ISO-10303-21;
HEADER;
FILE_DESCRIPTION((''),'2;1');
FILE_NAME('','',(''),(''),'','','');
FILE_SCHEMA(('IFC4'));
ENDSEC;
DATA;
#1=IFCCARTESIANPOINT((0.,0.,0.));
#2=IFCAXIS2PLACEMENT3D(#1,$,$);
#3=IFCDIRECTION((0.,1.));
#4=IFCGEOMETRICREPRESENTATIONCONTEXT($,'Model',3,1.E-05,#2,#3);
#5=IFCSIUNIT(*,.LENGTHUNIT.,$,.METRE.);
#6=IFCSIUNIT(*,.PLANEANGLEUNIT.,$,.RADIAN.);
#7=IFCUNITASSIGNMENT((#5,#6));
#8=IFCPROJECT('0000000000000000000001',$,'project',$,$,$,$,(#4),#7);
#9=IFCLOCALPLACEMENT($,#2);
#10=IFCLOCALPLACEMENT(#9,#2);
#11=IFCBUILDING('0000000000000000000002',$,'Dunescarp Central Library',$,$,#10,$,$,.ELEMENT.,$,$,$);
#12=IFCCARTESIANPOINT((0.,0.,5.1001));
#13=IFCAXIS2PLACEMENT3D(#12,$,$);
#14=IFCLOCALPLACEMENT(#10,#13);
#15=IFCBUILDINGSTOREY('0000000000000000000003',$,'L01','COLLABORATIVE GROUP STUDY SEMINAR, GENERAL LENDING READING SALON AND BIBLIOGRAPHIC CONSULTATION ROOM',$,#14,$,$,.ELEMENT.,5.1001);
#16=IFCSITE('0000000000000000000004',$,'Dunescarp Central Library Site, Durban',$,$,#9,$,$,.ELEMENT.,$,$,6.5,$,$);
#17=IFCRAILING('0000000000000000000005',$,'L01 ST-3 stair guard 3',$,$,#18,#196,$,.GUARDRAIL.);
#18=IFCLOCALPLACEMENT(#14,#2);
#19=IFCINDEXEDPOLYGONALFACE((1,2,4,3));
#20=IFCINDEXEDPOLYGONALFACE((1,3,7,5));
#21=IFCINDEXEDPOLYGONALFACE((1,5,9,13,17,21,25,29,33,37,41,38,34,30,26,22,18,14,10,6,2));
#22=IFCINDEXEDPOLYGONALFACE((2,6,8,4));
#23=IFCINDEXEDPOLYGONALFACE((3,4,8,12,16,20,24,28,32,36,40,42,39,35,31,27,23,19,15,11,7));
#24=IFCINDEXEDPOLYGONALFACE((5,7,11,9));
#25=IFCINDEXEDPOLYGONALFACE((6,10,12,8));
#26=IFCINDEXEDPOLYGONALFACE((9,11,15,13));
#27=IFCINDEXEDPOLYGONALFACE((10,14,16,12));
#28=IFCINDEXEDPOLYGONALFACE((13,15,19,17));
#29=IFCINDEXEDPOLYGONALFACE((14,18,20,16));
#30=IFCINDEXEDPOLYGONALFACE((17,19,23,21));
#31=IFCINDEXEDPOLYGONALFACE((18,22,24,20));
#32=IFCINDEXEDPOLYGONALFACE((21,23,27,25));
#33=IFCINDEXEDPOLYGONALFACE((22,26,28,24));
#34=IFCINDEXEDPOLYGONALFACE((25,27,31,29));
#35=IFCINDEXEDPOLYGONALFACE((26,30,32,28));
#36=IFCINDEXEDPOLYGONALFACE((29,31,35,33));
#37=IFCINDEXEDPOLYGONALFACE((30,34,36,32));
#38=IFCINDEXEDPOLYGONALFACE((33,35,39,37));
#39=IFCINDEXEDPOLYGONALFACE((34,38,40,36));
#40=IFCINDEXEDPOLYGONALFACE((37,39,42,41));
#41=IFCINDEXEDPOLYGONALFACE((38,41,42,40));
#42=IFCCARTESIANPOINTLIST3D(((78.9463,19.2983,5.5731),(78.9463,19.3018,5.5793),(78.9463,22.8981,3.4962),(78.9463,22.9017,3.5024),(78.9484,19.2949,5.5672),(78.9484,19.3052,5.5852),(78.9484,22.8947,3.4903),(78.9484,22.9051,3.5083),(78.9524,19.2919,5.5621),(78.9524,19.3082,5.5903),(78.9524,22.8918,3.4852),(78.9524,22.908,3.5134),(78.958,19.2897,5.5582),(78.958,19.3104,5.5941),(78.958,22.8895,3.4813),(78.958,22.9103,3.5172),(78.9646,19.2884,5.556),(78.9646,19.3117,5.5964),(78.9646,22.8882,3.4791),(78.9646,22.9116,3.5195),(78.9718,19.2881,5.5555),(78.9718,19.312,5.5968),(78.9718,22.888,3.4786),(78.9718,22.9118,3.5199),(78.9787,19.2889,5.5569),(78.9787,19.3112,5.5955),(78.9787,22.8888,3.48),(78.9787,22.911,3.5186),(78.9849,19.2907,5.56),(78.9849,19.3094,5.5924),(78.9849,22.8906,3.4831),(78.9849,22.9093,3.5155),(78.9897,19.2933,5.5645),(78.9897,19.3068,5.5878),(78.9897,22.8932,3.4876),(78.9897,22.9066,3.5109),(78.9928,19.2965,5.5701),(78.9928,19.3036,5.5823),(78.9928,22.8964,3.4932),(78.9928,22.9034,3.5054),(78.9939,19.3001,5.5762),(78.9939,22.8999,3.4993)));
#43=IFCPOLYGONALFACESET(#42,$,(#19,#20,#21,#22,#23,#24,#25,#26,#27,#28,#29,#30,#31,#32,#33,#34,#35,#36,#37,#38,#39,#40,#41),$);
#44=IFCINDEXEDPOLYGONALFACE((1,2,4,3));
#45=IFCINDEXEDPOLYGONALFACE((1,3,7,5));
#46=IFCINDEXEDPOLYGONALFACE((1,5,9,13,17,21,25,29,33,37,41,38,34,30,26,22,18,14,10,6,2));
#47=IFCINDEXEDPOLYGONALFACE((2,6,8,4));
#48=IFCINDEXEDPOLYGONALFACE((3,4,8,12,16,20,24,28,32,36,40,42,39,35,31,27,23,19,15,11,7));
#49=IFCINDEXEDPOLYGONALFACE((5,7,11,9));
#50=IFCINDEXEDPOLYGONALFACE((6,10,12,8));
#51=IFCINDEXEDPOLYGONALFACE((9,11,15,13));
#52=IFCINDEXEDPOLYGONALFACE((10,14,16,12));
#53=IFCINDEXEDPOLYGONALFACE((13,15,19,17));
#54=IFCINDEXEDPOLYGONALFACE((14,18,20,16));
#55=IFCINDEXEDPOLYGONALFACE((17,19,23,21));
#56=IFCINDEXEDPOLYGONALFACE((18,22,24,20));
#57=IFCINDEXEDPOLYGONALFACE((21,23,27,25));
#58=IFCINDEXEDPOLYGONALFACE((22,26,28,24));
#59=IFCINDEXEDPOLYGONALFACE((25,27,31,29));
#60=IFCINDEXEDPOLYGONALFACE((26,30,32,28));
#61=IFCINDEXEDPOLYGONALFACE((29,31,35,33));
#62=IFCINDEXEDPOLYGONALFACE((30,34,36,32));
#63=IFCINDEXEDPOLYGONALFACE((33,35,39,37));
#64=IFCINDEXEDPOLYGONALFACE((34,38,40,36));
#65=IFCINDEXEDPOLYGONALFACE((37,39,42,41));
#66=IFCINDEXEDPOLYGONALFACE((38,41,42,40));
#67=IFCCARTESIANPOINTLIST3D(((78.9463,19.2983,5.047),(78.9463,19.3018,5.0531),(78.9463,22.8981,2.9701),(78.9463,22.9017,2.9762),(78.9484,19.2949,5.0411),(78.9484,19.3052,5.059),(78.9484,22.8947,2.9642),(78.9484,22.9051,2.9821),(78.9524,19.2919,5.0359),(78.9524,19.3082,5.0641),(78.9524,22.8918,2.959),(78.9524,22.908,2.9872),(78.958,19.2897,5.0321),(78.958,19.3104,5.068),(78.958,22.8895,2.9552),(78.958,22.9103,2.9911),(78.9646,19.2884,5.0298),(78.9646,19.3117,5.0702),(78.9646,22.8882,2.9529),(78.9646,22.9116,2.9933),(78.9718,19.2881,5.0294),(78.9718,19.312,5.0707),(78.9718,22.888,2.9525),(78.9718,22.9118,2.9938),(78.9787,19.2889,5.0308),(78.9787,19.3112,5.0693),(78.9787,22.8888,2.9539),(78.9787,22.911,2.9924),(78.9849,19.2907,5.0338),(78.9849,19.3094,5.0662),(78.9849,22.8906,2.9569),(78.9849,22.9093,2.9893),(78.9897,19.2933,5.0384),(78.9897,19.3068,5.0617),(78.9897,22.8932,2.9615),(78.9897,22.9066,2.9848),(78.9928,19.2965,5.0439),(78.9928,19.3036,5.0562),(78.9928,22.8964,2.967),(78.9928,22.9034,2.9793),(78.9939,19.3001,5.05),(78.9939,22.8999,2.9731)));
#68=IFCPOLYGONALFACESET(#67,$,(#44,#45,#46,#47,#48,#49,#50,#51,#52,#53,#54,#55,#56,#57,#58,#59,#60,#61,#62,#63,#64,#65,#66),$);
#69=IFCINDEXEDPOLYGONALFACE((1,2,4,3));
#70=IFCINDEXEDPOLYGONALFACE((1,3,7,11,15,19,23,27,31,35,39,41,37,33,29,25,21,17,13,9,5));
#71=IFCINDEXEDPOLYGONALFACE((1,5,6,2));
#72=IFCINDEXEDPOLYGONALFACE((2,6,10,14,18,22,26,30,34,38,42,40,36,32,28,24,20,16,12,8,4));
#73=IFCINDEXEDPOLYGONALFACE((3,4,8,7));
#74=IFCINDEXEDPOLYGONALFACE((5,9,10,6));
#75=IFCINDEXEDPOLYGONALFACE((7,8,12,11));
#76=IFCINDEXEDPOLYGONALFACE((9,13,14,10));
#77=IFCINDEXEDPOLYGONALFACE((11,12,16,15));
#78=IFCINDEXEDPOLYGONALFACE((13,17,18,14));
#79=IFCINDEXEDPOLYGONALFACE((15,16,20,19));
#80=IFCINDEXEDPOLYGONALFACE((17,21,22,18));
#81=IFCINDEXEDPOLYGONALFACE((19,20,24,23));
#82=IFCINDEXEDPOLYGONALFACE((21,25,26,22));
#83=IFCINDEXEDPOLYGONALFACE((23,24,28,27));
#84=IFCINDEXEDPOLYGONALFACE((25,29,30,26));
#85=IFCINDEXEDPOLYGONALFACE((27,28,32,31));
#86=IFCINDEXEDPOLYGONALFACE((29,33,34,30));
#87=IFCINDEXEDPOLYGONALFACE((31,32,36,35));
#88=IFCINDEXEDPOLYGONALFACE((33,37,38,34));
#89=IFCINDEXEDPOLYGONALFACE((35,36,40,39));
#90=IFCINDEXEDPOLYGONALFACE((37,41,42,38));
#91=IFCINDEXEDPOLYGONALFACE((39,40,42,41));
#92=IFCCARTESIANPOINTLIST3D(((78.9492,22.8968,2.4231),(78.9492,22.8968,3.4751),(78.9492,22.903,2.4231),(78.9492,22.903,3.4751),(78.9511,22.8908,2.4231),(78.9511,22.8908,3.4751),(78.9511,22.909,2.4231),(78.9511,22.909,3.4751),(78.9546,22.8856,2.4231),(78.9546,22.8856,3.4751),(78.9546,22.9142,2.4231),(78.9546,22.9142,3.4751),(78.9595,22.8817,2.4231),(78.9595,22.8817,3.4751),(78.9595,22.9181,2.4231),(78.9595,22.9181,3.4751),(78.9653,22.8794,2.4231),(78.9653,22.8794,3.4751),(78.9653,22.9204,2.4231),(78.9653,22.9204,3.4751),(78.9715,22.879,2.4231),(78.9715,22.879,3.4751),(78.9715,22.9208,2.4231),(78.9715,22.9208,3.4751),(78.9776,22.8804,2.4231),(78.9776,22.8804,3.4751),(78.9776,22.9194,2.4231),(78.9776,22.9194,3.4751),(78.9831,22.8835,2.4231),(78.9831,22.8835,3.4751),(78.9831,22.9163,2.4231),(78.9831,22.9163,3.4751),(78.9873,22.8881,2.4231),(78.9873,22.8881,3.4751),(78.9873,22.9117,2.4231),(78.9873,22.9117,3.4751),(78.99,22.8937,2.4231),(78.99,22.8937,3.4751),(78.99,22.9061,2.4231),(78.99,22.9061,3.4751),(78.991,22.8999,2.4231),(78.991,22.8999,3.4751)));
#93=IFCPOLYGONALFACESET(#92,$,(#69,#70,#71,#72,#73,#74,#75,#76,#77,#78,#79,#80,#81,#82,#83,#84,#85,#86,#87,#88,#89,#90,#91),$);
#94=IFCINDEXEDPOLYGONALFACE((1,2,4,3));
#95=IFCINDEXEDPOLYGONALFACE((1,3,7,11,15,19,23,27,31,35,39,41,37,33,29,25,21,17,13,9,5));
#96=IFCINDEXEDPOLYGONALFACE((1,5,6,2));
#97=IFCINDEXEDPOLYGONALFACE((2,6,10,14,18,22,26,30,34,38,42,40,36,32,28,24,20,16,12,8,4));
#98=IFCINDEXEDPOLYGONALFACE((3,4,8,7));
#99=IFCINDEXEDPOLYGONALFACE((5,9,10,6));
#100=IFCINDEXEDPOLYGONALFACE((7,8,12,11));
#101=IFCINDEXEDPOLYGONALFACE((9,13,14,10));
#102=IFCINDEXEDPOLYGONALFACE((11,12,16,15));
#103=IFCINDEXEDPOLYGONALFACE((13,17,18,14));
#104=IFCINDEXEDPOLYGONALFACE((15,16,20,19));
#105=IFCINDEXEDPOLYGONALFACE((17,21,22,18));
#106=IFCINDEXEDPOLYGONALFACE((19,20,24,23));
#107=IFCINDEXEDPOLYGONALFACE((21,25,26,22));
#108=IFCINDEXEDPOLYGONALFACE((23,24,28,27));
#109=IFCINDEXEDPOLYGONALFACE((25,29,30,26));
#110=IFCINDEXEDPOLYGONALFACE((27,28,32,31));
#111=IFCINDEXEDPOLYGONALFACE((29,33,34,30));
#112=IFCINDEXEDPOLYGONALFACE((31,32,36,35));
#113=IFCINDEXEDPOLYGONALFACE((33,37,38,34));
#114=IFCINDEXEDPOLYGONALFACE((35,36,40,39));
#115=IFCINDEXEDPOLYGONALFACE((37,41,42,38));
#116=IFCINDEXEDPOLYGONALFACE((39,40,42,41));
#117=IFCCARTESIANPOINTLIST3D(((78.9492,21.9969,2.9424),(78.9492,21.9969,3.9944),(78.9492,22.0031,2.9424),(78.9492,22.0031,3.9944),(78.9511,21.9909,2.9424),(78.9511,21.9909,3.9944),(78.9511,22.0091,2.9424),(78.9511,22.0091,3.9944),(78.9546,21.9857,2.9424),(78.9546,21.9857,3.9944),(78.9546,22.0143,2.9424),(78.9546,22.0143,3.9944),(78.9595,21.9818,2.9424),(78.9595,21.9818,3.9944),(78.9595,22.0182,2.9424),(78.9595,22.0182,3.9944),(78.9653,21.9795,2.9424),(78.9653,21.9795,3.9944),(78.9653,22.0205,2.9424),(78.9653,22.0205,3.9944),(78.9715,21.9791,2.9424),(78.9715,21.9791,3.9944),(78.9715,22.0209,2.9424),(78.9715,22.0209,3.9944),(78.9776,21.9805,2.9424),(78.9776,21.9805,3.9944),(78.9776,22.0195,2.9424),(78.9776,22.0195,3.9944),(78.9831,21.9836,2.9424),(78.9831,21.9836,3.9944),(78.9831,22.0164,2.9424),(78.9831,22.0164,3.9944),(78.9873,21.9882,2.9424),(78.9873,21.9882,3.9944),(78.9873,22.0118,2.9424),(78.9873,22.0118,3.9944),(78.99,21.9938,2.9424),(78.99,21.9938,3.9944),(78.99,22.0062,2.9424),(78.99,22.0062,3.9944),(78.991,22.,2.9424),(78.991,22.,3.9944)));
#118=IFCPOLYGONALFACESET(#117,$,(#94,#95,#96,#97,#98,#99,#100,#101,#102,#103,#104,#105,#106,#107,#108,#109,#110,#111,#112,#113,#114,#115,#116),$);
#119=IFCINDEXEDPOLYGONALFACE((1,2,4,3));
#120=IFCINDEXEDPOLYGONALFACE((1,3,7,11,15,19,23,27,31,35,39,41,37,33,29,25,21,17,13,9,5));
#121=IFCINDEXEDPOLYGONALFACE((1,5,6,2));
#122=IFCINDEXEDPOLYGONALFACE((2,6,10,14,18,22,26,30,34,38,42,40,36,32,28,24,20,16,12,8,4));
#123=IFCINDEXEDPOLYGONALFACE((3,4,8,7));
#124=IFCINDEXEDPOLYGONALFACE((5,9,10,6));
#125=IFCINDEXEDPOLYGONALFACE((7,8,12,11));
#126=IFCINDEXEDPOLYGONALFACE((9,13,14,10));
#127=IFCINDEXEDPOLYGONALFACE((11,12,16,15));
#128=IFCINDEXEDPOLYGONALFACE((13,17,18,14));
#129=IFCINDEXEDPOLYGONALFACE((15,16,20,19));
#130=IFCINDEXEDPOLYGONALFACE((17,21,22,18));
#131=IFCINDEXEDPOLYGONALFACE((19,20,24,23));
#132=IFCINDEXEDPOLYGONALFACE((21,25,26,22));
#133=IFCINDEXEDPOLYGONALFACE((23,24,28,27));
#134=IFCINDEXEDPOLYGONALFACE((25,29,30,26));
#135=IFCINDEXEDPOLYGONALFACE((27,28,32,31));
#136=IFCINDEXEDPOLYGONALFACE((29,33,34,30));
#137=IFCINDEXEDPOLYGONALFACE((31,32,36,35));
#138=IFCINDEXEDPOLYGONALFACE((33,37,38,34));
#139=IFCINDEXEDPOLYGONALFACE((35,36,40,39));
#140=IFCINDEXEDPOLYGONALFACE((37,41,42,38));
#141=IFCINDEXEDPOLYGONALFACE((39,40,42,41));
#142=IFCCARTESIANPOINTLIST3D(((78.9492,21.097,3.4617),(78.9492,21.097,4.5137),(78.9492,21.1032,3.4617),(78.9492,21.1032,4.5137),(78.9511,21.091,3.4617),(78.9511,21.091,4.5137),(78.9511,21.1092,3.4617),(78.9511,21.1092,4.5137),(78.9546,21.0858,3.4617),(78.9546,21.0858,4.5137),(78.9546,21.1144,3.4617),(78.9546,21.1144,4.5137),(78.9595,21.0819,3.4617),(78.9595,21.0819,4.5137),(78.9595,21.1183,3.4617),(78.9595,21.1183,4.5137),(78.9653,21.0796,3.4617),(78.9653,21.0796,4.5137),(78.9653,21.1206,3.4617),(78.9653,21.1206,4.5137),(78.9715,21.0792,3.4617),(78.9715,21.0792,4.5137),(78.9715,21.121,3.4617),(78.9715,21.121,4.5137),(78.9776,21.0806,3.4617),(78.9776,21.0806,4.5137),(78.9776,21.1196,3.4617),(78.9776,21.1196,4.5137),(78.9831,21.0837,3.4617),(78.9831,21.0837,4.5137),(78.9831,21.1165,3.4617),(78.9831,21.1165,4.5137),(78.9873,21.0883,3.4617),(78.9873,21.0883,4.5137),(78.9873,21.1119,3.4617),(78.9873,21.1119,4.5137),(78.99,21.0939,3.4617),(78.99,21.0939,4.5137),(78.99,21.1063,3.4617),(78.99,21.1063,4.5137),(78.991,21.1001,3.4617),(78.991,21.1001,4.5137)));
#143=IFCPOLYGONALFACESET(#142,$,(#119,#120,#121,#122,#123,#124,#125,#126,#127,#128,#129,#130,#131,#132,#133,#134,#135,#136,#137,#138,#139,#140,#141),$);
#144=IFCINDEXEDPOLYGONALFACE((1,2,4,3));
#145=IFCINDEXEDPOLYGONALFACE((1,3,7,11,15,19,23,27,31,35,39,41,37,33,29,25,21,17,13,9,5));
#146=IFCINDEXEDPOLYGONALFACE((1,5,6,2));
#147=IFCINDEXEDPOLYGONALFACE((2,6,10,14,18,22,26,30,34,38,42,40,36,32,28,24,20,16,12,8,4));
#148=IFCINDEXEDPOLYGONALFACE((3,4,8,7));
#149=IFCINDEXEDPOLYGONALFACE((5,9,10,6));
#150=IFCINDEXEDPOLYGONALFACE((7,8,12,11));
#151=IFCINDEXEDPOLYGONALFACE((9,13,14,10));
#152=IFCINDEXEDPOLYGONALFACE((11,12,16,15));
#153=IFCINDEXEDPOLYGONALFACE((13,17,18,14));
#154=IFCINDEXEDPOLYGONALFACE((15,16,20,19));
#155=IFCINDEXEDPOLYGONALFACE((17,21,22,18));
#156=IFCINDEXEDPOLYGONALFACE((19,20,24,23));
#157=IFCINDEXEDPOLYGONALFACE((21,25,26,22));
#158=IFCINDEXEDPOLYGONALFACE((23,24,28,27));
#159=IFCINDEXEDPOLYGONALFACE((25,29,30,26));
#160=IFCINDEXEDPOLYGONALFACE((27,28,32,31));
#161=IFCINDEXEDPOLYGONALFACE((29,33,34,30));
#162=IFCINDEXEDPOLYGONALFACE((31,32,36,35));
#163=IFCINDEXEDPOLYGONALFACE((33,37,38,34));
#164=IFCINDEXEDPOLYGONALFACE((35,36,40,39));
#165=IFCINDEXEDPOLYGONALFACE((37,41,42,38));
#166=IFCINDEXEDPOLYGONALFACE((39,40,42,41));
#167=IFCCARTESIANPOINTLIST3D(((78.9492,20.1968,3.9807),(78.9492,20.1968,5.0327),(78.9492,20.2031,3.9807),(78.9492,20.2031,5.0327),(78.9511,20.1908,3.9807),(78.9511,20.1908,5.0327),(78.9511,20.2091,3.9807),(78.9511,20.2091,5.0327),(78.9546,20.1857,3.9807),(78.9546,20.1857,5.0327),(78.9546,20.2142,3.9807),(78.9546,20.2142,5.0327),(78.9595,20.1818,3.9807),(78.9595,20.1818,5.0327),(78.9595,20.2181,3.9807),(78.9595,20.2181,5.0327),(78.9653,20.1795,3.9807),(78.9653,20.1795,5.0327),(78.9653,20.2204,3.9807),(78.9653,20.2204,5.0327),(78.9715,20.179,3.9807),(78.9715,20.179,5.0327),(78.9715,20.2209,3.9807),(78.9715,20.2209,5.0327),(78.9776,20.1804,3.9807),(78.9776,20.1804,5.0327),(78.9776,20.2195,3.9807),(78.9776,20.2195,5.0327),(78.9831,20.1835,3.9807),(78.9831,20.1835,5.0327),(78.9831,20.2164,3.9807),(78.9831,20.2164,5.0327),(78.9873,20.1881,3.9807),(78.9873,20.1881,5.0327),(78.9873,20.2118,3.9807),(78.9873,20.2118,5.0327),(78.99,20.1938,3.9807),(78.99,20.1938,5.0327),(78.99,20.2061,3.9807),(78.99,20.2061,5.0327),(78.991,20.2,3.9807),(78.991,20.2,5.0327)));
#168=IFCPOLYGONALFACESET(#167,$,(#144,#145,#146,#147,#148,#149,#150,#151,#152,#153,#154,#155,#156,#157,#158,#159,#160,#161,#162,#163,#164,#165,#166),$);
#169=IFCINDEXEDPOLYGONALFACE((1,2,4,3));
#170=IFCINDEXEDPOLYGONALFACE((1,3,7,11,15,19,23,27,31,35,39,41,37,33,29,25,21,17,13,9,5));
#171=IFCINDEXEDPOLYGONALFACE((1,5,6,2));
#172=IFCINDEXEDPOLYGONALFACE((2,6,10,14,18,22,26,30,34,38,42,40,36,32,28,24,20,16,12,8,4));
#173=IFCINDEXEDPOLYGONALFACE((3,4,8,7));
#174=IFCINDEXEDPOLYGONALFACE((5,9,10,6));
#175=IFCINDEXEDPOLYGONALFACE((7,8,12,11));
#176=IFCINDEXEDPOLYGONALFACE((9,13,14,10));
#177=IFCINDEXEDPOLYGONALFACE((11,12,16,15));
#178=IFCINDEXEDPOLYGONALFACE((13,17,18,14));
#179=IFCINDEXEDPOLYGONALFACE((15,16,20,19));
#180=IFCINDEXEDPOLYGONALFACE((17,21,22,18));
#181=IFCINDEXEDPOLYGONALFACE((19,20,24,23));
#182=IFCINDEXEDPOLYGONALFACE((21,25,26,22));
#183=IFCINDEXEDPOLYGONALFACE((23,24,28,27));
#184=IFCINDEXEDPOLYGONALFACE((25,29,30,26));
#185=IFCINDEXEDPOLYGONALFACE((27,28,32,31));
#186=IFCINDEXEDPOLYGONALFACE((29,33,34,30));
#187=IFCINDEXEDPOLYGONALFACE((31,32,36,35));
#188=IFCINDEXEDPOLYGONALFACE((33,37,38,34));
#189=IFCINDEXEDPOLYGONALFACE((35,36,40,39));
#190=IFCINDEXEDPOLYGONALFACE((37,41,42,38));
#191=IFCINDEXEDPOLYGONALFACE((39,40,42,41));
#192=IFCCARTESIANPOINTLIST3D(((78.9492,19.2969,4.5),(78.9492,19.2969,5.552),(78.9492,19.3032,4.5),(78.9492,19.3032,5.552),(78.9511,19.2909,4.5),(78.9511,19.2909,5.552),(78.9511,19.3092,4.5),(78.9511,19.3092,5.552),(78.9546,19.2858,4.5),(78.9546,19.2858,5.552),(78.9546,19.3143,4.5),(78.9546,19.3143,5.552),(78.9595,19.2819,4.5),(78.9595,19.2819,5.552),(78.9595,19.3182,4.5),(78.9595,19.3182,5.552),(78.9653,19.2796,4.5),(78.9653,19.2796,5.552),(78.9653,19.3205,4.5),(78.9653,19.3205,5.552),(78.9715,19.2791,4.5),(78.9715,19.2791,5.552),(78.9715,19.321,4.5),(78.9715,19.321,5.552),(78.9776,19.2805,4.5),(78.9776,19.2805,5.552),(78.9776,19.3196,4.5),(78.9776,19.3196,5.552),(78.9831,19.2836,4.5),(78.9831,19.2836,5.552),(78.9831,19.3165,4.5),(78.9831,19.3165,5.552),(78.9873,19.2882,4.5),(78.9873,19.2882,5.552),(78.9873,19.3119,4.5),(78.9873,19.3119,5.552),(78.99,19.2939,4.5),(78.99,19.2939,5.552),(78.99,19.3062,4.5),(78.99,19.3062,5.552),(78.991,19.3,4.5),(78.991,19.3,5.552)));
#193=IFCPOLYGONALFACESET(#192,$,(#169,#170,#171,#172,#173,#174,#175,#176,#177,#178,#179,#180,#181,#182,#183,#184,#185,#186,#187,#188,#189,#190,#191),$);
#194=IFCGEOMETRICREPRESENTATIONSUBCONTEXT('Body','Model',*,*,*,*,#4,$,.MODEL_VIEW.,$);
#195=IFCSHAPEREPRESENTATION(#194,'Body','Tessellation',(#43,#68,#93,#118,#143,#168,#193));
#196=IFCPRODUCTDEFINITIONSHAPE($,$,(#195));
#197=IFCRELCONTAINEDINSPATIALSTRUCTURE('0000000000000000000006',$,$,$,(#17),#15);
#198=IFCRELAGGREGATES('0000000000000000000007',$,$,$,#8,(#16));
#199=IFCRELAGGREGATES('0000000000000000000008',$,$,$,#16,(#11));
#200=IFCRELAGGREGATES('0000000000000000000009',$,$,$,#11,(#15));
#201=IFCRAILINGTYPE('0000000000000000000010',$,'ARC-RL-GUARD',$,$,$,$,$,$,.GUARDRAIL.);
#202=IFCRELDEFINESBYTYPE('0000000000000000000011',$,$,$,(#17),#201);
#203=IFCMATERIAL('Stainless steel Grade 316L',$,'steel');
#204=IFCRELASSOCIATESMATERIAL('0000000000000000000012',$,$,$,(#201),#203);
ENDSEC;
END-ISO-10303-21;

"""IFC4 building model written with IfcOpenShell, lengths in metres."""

from ifc_helpers import new_model, si_unit, direction, frame, origin, origin_2d, place, context, subcontext, project, spatial, circle, extrude, material, type_object, element, save


model = new_model("IFC4")

# Units and contexts
model_context = context("Model", 3, precision=1e-05, world=origin(), true_north=direction((0.0, 1.0)))
body_context = subcontext(model_context, "Body", "Model", "MODEL_VIEW")
ifc_project = project(units=[si_unit("LENGTHUNIT", "METRE"), si_unit("PLANEANGLEUNIT", "RADIAN")], contexts=[model_context])

# Site, building, storey
site_placement = place(None, origin())
site = spatial("IfcSite", under=ifc_project, at=site_placement, Name="Dunescarp Central Library Site, Durban", CompositionType="ELEMENT", RefElevation=6.5)
building_placement = place(site_placement, origin())
building = spatial("IfcBuilding", under=site, at=building_placement, Name="Dunescarp Central Library", CompositionType="ELEMENT")
storey_placement = place(building_placement, frame((0.0, 0.0, 5.1001)))
storey = spatial("IfcBuildingStorey", under=building, at=storey_placement, Name="L01", Description="COLLABORATIVE GROUP STUDY SEMINAR, GENERAL LENDING READING SALON AND BIBLIOGRAPHIC CONSULTATION ROOM", CompositionType="ELEMENT", Elevation=5.1001)

# Railing
ifc_material_1 = material(Name="Stainless steel Grade 316L", Category="steel")
railing_type = type_object("IfcRailingType", Name="ARC-RL-GUARD", PredefinedType="GUARDRAIL", material=ifc_material_1)
railing_1_placement = place(storey_placement, frame((78.97, 22.8999, 2.4231)))
element("IfcRailing", 1, at=railing_1_placement, inside=storey, type_object=railing_type, Name="L01 ST-3 stair guard 3", PredefinedType="GUARDRAIL", context=body_context, shape_type="SweptSolid", body=[
    extrude(circle(Radius=0.0239, at=origin_2d()), frame((0.0, 0.0, 1.0762), z_axis=(0.0, -0.866179, 0.499734), x_axis=(1.0, 0.0, 0.0)), (0.0, 0.0, 1.0), 4.156),
    extrude(circle(Radius=0.0239, at=origin_2d()), frame((0.0, 0.0, 0.55), z_axis=(0.0, -0.866179, 0.499734), x_axis=(1.0, 0.0, 0.0)), (0.0, 0.0, 1.0), 4.156),
    extrude(circle(Radius=0.021, at=origin_2d()), origin(), (0.0, 0.0, 1.0), 1.052),
    extrude(circle(Radius=0.021, at=origin_2d()), frame((0.0, -0.8999, 0.5193)), (0.0, 0.0, 1.0), 1.052),
    extrude(circle(Radius=0.021, at=origin_2d()), frame((0.0, -1.7998, 1.0386)), (0.0, 0.0, 1.0), 1.052),
    extrude(circle(Radius=0.021, at=origin_2d()), frame((0.0, -2.7, 1.5576)), (0.0, 0.0, 1.0), 1.052),
    extrude(circle(Radius=0.021, at=origin_2d()), frame((0.0, -3.5999, 2.0769)), (0.0, 0.0, 1.0), 1.052),
])

save(model, "model.ifc")
